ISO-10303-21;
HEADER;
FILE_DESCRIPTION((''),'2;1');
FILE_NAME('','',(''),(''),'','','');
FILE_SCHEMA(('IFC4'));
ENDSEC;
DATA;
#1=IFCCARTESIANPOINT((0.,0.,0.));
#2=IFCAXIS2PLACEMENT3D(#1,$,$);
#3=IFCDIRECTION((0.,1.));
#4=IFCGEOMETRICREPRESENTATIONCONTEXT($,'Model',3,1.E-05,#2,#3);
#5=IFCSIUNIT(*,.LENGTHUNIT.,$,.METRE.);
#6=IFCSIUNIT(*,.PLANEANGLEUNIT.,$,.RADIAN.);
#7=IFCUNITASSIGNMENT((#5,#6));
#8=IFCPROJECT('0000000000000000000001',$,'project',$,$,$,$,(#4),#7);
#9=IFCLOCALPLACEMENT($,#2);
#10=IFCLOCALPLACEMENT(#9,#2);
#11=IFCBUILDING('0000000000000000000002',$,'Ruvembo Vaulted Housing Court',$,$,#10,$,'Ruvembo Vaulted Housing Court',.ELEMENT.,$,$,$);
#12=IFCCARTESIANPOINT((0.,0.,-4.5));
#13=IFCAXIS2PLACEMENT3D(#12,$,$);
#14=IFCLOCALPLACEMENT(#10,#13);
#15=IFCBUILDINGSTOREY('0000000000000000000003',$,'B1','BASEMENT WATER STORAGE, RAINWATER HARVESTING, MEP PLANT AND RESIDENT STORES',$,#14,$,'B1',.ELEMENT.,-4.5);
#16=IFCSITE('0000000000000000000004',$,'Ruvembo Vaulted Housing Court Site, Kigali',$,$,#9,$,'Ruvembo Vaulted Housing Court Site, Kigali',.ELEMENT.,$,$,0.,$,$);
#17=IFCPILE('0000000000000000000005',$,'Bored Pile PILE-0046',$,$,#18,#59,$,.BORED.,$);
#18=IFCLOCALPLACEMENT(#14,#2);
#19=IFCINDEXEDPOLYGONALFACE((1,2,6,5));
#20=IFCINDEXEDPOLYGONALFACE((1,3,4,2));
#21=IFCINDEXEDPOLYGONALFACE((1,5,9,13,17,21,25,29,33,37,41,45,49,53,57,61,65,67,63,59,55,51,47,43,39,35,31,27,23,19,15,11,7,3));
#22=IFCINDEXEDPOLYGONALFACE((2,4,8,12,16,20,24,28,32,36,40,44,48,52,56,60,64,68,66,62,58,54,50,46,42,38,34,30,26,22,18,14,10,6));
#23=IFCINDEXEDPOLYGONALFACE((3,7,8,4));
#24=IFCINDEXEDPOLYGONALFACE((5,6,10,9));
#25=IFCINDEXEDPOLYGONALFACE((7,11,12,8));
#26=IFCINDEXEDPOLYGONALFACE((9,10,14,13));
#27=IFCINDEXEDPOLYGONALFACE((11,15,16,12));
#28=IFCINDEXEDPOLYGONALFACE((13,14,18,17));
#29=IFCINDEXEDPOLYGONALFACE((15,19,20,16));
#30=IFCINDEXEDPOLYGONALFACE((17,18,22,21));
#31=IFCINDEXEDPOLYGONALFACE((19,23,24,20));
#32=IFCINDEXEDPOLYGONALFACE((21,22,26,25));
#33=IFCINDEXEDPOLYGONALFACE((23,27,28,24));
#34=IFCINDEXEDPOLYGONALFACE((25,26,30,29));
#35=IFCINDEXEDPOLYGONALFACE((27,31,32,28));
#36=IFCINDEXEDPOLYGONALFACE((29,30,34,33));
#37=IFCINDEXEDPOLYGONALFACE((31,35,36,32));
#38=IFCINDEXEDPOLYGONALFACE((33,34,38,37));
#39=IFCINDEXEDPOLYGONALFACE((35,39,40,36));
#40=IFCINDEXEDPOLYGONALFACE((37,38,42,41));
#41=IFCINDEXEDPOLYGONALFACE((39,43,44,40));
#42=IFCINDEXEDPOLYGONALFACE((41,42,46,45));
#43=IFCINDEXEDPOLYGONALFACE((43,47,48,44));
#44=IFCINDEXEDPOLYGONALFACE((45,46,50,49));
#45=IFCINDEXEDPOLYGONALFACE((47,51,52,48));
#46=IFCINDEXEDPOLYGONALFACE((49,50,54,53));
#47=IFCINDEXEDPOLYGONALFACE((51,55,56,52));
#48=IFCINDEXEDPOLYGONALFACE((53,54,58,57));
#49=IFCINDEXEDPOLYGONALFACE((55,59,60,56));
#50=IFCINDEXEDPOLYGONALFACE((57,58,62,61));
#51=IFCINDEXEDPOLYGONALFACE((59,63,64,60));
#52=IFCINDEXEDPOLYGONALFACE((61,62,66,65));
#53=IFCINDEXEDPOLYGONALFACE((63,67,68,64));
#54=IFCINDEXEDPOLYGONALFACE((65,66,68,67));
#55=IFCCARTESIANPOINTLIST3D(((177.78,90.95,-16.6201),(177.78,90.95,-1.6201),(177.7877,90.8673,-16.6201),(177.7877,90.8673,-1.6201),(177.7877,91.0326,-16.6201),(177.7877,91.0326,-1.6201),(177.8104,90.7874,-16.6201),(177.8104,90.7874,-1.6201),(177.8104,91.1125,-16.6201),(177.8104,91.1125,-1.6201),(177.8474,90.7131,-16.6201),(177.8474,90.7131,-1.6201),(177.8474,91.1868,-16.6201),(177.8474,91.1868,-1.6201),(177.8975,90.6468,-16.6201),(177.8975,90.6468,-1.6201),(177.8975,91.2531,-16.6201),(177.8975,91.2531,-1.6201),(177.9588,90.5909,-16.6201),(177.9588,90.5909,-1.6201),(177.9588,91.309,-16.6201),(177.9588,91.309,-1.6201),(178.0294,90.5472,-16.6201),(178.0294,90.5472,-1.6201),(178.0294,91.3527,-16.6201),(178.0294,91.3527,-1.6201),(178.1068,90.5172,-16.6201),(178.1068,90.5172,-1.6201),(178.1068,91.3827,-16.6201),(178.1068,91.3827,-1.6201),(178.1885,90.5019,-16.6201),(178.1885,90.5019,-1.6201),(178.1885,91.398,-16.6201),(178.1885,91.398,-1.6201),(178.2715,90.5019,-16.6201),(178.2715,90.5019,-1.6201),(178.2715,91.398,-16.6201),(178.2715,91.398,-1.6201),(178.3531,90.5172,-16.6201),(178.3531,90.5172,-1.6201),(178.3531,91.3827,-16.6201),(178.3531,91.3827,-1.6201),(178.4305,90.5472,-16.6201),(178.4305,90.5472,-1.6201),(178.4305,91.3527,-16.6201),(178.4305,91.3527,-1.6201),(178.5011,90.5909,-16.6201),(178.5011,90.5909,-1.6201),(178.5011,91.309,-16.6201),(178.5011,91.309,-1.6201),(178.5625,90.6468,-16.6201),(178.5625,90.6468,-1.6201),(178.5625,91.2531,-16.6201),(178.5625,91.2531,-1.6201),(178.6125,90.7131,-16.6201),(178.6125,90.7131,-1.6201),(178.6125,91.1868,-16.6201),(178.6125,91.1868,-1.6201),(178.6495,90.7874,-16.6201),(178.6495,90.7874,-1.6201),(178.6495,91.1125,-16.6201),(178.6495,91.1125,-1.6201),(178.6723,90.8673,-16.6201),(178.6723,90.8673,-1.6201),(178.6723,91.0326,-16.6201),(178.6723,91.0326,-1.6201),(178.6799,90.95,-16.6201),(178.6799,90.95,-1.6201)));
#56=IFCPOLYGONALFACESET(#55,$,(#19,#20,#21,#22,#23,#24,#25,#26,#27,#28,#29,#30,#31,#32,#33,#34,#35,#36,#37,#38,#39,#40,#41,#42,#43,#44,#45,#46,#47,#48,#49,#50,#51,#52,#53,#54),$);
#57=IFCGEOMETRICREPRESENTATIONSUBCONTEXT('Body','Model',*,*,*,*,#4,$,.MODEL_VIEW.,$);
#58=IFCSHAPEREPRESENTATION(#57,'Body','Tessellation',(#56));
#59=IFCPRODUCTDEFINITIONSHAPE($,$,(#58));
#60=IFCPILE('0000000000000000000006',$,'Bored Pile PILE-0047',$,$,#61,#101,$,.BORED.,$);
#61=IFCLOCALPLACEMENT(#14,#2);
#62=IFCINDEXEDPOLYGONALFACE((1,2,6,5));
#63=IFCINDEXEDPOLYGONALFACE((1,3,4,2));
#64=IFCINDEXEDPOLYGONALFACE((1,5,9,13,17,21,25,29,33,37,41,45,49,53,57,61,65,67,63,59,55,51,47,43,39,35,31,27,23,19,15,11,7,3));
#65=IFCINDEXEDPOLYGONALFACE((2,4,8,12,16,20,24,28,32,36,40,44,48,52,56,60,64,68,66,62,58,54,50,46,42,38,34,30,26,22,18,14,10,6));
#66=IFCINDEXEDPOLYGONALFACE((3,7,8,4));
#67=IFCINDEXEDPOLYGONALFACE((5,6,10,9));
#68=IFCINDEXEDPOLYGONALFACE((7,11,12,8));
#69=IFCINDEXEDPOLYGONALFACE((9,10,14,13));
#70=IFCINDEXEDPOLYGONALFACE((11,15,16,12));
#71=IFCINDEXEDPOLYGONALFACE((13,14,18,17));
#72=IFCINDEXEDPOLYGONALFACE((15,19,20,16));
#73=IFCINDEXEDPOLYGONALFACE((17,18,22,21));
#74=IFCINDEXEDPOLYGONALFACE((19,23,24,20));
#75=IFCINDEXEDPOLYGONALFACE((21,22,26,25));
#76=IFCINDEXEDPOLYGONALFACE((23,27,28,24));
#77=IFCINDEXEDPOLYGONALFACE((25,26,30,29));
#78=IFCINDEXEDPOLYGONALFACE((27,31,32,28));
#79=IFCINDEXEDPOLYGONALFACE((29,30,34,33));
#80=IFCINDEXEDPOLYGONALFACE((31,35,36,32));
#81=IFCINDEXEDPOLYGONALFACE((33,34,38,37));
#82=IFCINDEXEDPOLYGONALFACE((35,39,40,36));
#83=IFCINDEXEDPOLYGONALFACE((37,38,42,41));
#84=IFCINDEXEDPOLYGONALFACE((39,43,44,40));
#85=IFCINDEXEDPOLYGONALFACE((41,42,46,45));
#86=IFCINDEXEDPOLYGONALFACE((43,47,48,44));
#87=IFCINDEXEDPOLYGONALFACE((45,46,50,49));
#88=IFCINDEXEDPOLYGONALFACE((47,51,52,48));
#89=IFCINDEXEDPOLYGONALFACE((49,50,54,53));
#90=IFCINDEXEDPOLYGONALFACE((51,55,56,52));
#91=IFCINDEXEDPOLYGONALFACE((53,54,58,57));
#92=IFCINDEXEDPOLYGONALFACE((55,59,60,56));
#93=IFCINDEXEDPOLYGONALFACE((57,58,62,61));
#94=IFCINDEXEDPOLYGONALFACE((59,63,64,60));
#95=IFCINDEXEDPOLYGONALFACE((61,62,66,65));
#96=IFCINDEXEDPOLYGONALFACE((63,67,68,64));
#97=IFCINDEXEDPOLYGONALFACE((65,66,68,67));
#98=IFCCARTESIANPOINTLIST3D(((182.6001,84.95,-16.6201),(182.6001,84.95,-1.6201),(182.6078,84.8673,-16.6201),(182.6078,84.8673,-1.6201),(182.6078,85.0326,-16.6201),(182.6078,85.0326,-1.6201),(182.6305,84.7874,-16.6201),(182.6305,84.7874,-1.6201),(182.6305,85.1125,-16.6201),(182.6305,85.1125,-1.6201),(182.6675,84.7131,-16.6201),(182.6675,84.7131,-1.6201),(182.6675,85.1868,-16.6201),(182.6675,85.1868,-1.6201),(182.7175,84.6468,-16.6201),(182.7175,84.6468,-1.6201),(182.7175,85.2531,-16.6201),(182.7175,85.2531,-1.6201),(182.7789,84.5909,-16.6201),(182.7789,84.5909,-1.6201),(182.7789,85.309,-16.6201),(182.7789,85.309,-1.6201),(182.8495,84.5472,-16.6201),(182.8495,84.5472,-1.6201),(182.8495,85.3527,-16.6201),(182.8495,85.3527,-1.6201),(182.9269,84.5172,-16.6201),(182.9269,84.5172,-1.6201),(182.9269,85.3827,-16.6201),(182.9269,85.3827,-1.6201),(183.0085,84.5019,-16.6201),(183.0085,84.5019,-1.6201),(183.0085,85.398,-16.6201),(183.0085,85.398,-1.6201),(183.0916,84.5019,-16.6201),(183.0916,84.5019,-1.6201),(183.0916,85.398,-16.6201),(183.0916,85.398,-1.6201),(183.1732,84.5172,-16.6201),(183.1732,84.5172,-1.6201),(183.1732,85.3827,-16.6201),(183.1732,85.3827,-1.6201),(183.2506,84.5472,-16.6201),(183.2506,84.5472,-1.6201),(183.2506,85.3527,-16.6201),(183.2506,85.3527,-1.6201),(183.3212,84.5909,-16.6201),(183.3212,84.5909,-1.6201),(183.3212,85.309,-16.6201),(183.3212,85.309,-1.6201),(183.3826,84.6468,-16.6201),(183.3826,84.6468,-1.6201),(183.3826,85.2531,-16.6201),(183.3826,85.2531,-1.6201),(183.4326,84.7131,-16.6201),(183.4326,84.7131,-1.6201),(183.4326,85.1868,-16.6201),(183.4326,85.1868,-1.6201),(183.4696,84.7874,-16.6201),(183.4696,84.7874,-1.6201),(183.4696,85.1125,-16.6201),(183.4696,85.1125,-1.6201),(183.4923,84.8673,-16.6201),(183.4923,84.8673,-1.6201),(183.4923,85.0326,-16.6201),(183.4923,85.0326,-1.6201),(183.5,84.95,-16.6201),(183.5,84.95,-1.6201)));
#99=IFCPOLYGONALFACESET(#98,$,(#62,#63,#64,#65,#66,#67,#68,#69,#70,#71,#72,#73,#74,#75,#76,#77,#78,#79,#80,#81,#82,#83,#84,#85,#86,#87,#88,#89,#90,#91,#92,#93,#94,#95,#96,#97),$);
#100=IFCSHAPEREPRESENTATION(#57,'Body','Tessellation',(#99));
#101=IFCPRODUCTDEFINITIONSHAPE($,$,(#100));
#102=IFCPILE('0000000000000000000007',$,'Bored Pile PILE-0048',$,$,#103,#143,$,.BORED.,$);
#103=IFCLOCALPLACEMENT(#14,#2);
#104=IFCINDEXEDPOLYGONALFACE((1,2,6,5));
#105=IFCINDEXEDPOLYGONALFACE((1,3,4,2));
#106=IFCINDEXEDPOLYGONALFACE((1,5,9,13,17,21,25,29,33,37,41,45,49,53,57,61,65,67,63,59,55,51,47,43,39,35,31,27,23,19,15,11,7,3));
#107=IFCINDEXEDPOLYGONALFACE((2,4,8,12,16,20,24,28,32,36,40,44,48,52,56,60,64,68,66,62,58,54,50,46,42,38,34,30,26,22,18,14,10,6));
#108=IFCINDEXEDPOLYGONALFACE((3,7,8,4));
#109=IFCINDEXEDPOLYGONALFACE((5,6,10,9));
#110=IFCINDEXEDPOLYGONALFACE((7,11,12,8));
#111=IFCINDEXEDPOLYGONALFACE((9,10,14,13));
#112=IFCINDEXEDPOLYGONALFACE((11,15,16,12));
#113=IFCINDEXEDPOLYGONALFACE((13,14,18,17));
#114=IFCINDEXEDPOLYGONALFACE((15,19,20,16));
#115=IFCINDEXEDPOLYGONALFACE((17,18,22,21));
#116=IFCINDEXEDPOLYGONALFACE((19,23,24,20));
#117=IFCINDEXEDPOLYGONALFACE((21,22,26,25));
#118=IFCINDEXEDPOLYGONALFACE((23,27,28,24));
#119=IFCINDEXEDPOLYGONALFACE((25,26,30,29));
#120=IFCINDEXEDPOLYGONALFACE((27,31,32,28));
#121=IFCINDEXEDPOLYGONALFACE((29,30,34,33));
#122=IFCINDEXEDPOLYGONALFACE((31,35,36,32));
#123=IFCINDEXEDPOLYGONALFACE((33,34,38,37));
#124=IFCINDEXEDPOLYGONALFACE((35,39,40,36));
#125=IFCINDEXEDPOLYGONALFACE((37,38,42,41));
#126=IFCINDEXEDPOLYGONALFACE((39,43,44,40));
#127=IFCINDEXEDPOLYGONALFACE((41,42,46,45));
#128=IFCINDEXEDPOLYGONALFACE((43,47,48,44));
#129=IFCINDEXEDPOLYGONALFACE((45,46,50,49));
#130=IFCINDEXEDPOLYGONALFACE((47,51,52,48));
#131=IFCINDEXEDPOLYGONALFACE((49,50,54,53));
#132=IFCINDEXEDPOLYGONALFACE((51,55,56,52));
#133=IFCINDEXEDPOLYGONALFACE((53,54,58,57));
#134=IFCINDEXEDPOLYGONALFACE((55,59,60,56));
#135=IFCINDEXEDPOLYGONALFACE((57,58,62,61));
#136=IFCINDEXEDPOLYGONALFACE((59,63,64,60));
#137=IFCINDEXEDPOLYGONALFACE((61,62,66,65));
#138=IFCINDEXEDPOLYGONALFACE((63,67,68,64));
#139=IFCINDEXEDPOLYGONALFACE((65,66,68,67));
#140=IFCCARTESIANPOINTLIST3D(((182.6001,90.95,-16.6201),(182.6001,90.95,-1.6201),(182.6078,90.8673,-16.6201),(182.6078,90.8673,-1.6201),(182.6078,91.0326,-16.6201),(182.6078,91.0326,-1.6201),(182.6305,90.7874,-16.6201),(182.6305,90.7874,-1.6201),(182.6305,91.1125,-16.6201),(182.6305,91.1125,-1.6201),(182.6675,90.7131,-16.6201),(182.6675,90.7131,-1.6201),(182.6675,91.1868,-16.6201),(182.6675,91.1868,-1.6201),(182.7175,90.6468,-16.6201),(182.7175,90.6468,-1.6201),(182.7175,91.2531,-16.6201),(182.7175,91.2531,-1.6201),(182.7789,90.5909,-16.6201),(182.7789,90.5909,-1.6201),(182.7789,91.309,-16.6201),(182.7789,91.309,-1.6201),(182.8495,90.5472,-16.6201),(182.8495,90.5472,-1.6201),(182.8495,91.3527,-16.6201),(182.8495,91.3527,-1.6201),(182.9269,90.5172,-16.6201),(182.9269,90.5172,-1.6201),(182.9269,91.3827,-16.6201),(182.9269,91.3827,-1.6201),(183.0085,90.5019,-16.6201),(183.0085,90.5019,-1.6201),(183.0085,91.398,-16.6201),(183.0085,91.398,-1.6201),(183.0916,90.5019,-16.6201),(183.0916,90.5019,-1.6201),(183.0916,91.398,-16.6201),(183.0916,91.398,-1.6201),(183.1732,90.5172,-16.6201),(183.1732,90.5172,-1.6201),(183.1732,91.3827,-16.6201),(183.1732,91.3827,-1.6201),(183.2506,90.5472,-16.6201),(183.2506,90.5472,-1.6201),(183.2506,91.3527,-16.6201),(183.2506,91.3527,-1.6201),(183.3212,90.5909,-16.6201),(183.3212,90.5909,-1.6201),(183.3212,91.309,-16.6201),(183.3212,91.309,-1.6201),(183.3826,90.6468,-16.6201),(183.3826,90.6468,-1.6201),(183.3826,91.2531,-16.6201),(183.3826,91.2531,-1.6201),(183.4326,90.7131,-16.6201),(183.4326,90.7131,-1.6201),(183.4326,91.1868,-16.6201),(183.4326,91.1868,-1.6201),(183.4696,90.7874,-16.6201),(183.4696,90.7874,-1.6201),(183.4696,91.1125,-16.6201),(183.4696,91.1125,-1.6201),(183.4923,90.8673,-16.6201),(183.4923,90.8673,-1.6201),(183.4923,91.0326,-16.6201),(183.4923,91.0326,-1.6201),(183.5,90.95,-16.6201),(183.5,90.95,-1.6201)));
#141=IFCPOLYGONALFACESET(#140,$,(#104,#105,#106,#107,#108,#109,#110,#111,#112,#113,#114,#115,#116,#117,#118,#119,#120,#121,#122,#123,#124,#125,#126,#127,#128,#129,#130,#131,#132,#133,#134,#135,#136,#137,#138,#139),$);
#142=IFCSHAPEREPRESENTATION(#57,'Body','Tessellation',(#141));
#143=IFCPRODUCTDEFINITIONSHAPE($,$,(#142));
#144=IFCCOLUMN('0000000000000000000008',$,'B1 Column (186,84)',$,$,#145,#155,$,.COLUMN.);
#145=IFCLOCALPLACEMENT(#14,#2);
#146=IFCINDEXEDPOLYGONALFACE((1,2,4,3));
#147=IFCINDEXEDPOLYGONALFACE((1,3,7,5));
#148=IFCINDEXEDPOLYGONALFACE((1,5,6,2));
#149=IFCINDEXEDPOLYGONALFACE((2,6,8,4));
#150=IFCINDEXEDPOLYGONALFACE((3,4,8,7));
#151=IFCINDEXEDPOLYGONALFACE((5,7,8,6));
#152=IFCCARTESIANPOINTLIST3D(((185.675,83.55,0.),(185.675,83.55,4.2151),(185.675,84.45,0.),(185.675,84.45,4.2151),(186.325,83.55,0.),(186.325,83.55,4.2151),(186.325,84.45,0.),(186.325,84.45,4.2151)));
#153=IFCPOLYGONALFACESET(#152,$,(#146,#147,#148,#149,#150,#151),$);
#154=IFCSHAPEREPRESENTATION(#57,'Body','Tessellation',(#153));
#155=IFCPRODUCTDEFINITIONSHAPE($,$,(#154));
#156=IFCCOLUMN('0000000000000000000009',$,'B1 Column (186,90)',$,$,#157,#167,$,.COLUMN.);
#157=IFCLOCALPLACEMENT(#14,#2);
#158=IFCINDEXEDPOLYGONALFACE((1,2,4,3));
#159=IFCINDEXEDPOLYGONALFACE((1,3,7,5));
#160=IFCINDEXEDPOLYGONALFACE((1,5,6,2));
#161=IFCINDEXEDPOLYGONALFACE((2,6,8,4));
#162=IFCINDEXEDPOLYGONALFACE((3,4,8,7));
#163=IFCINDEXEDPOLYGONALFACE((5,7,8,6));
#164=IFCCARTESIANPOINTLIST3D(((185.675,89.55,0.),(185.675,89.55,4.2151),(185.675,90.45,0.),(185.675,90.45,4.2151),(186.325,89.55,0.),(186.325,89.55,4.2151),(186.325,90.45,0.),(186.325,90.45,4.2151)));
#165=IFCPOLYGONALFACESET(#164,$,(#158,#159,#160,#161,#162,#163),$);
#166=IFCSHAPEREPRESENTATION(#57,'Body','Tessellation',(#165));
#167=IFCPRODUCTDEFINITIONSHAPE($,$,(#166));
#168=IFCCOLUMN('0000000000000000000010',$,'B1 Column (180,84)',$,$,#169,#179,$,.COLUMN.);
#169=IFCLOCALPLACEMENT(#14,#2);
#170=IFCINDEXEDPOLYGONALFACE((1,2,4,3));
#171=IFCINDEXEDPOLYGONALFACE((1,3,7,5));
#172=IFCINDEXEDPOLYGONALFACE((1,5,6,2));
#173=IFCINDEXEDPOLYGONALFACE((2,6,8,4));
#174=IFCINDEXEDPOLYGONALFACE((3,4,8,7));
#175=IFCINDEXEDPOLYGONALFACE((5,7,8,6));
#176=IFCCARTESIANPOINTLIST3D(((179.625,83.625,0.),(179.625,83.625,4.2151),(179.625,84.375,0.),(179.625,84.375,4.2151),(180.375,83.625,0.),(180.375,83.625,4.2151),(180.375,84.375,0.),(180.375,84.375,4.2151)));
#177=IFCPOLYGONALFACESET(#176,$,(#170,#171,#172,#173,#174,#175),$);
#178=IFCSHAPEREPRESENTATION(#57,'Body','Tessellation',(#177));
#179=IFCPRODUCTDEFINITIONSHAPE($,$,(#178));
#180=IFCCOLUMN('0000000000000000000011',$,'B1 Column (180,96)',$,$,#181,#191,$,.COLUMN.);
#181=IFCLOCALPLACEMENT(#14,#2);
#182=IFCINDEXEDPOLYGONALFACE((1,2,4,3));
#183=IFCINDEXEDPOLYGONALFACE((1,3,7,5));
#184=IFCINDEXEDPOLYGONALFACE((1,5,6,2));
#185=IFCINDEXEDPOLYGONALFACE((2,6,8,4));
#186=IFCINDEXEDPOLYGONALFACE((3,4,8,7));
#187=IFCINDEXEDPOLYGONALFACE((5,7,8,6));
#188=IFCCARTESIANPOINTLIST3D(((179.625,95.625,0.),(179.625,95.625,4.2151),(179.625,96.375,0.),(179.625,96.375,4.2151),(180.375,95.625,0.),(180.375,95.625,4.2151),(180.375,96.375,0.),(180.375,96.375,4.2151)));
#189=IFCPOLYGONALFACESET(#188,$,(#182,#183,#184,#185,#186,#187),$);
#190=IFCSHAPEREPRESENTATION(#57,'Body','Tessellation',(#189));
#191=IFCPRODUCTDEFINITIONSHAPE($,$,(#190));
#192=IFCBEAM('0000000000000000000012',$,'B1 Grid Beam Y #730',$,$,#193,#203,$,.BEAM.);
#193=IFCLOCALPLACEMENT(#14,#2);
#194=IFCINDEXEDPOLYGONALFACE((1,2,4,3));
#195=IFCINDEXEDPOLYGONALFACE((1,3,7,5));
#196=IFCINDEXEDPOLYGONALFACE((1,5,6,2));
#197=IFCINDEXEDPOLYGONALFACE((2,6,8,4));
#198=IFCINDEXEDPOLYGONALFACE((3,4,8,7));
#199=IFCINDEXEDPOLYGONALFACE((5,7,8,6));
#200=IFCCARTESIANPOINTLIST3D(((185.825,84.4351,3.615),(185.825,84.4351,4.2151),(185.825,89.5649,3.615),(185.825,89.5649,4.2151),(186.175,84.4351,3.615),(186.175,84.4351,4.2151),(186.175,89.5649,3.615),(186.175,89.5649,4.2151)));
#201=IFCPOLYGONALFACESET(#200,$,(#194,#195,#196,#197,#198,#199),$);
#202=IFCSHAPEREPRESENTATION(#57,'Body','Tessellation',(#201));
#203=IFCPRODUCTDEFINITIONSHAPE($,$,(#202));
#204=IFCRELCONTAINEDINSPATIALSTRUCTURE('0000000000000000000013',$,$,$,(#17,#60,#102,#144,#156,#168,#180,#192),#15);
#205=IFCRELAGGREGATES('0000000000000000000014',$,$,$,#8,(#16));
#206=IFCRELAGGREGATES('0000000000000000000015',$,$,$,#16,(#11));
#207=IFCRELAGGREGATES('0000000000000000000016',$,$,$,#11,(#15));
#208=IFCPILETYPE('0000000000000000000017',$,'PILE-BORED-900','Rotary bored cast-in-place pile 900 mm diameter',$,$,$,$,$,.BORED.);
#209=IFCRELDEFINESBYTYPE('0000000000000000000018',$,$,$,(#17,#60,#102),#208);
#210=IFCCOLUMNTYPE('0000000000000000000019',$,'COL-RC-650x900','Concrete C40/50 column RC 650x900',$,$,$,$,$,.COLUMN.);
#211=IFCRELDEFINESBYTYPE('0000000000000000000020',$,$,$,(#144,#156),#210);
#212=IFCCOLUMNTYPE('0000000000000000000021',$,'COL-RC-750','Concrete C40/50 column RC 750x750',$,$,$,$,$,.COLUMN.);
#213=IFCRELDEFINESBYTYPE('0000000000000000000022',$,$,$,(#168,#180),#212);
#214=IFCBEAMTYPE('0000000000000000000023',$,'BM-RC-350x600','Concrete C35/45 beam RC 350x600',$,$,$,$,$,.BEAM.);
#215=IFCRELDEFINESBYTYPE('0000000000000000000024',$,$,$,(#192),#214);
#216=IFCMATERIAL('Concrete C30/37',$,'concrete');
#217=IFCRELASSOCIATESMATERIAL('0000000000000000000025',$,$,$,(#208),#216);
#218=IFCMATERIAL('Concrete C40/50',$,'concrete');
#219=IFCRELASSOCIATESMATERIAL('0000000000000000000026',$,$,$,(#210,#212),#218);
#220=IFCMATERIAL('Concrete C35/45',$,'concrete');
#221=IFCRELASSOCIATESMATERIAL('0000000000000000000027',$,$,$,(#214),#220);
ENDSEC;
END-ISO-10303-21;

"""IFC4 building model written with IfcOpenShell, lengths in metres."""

from ifc_helpers import new_model, si_unit, direction, frame, origin, origin_2d, place, context, subcontext, project, spatial, rectangle, circle, extrude, material, material_profile, profile_set, type_object, element, save


model = new_model("IFC4")

# Units and contexts
model_context = context("Model", 3, precision=1e-05, world=origin(), true_north=direction((0.0, 1.0)))
body_context = subcontext(model_context, "Body", "Model", "MODEL_VIEW")
ifc_project = project(units=[si_unit("LENGTHUNIT", "METRE"), si_unit("PLANEANGLEUNIT", "RADIAN")], contexts=[model_context])

# Site, building, storey
site_placement = place(None, origin())
site = spatial("IfcSite", under=ifc_project, at=site_placement, Name="Ruvembo Vaulted Housing Court Site, Kigali", LongName="Ruvembo Vaulted Housing Court Site, Kigali", CompositionType="ELEMENT", RefElevation=0.0)
building_placement = place(site_placement, origin())
building = spatial("IfcBuilding", under=site, at=building_placement, Name="Ruvembo Vaulted Housing Court", LongName="Ruvembo Vaulted Housing Court", CompositionType="ELEMENT")
storey_placement = place(building_placement, frame((0.0, 0.0, -4.5)))
storey = spatial("IfcBuildingStorey", under=building, at=storey_placement, Name="B1", Description="BASEMENT WATER STORAGE, RAINWATER HARVESTING, MEP PLANT AND RESIDENT STORES", LongName="B1", CompositionType="ELEMENT", Elevation=-4.5)

# Shared definitions
ifc_material_1 = material(Name="Concrete C35/45", Category="concrete")

# Piles
ifc_material_2 = material(Name="Concrete C30/37", Category="concrete")
ifc_material_profile_1 = material_profile(ifc_material_2, circle(Radius=0.45, at=origin_2d()), Name="PILE D900")
ifc_profile_set_1 = profile_set([ifc_material_profile_1], Name="Concrete C30/37")
pile_type_1 = type_object("IfcPileType", Name="PILE-BORED-900", Description="Rotary bored cast-in-place pile 900 mm diameter", PredefinedType="BORED", material=ifc_profile_set_1)
for number, where, z_axis, x_axis, name in (
    (1, (178.23, 90.95, -1.6201), (0.0, 0.0, -1.0), (1.0, 0.0, 0.0), "Bored Pile PILE-0046"),
    (2, (183.05, 84.95, -1.6201), (0.0, 0.0, -1.0), (1.0, 0.0, 0.0), "Bored Pile PILE-0047"),
    (3, (183.05, 90.95, -1.6201), (0.0, 0.0, -1.0), (1.0, 0.0, 0.0), "Bored Pile PILE-0048"),
):
    element("IfcPile", number, at=place(storey_placement, frame(where, z_axis=z_axis, x_axis=x_axis)), inside=storey, type_object=pile_type_1, Name=name, PredefinedType="BORED", context=body_context, shape_type="SweptSolid", body=[
        extrude(circle(Radius=0.45, at=origin_2d()), origin(), (0.0, 0.0, 1.0), 15.0),
    ])

# Columns
ifc_material_3 = material(Name="Concrete C40/50", Category="concrete")
ifc_material_profile_2 = material_profile(ifc_material_3, rectangle(XDim=0.6499, YDim=0.8999, at=origin_2d()), Name="RC 650x900")
ifc_profile_set_2 = profile_set([ifc_material_profile_2], Name="Concrete C40/50")
column_type_1 = type_object("IfcColumnType", Name="COL-RC-650x900", Description="Concrete C40/50 column RC 650x900", PredefinedType="COLUMN", material=ifc_profile_set_2)
for number, where, z_axis, x_axis, name in (
    (4, (186.0, 84.0, 0.0), (0.0, 0.0, 1.0), (1.0, 0.0, 0.0), "B1 Column (186,84)"),
    (5, (186.0, 90.0, 0.0), (0.0, 0.0, 1.0), (1.0, 0.0, 0.0), "B1 Column (186,90)"),
):
    element("IfcColumn", number, at=place(storey_placement, frame(where, z_axis=z_axis, x_axis=x_axis)), inside=storey, type_object=column_type_1, Name=name, PredefinedType="COLUMN", context=body_context, shape_type="SweptSolid", body=[
        extrude(rectangle(XDim=0.6499, YDim=0.8999, at=origin_2d()), origin(), (0.0, 0.0, 1.0), 4.2151),
    ])
ifc_material_profile_3 = material_profile(ifc_material_3, rectangle(XDim=0.75, YDim=0.75, at=origin_2d()), Name="RC 750x750")
ifc_profile_set_3 = profile_set([ifc_material_profile_3], Name="Concrete C40/50")
column_type_2 = type_object("IfcColumnType", Name="COL-RC-750", Description="Concrete C40/50 column RC 750x750", PredefinedType="COLUMN", material=ifc_profile_set_3)
for number, where, z_axis, x_axis, name in (
    (6, (180.0, 84.0, 0.0), (0.0, 0.0, 1.0), (1.0, 0.0, 0.0), "B1 Column (180,84)"),
    (7, (180.0, 96.0, 0.0), (0.0, 0.0, 1.0), (1.0, 0.0, 0.0), "B1 Column (180,96)"),
):
    element("IfcColumn", number, at=place(storey_placement, frame(where, z_axis=z_axis, x_axis=x_axis)), inside=storey, type_object=column_type_2, Name=name, PredefinedType="COLUMN", context=body_context, shape_type="SweptSolid", body=[
        extrude(rectangle(XDim=0.75, YDim=0.75, at=origin_2d()), origin(), (0.0, 0.0, 1.0), 4.2151),
    ])

# Beam
ifc_material_profile_4 = material_profile(ifc_material_1, rectangle(XDim=0.3501, YDim=0.6001, at=origin_2d()), Name="RC 350x600")
ifc_profile_set_4 = profile_set([ifc_material_profile_4], Name="Concrete C35/45")
beam_type_1 = type_object("IfcBeamType", Name="BM-RC-350x600", Description="Concrete C35/45 beam RC 350x600", PredefinedType="BEAM", material=ifc_profile_set_4)
for number, where, z_axis, x_axis, name in (
    (8, (186.0, 84.4351, 3.915), (0.0, 1.0, 0.0), (-1.0, 0.0, 0.0), "B1 Grid Beam Y #730"),
):
    element("IfcBeam", number, at=place(storey_placement, frame(where, z_axis=z_axis, x_axis=x_axis)), inside=storey, type_object=beam_type_1, Name=name, PredefinedType="BEAM", context=body_context, shape_type="SweptSolid", body=[
        extrude(rectangle(XDim=0.3501, YDim=0.6001, at=origin_2d()), origin(), (0.0, 0.0, 1.0), 5.1299),
    ])

save(model, "model.ifc")
